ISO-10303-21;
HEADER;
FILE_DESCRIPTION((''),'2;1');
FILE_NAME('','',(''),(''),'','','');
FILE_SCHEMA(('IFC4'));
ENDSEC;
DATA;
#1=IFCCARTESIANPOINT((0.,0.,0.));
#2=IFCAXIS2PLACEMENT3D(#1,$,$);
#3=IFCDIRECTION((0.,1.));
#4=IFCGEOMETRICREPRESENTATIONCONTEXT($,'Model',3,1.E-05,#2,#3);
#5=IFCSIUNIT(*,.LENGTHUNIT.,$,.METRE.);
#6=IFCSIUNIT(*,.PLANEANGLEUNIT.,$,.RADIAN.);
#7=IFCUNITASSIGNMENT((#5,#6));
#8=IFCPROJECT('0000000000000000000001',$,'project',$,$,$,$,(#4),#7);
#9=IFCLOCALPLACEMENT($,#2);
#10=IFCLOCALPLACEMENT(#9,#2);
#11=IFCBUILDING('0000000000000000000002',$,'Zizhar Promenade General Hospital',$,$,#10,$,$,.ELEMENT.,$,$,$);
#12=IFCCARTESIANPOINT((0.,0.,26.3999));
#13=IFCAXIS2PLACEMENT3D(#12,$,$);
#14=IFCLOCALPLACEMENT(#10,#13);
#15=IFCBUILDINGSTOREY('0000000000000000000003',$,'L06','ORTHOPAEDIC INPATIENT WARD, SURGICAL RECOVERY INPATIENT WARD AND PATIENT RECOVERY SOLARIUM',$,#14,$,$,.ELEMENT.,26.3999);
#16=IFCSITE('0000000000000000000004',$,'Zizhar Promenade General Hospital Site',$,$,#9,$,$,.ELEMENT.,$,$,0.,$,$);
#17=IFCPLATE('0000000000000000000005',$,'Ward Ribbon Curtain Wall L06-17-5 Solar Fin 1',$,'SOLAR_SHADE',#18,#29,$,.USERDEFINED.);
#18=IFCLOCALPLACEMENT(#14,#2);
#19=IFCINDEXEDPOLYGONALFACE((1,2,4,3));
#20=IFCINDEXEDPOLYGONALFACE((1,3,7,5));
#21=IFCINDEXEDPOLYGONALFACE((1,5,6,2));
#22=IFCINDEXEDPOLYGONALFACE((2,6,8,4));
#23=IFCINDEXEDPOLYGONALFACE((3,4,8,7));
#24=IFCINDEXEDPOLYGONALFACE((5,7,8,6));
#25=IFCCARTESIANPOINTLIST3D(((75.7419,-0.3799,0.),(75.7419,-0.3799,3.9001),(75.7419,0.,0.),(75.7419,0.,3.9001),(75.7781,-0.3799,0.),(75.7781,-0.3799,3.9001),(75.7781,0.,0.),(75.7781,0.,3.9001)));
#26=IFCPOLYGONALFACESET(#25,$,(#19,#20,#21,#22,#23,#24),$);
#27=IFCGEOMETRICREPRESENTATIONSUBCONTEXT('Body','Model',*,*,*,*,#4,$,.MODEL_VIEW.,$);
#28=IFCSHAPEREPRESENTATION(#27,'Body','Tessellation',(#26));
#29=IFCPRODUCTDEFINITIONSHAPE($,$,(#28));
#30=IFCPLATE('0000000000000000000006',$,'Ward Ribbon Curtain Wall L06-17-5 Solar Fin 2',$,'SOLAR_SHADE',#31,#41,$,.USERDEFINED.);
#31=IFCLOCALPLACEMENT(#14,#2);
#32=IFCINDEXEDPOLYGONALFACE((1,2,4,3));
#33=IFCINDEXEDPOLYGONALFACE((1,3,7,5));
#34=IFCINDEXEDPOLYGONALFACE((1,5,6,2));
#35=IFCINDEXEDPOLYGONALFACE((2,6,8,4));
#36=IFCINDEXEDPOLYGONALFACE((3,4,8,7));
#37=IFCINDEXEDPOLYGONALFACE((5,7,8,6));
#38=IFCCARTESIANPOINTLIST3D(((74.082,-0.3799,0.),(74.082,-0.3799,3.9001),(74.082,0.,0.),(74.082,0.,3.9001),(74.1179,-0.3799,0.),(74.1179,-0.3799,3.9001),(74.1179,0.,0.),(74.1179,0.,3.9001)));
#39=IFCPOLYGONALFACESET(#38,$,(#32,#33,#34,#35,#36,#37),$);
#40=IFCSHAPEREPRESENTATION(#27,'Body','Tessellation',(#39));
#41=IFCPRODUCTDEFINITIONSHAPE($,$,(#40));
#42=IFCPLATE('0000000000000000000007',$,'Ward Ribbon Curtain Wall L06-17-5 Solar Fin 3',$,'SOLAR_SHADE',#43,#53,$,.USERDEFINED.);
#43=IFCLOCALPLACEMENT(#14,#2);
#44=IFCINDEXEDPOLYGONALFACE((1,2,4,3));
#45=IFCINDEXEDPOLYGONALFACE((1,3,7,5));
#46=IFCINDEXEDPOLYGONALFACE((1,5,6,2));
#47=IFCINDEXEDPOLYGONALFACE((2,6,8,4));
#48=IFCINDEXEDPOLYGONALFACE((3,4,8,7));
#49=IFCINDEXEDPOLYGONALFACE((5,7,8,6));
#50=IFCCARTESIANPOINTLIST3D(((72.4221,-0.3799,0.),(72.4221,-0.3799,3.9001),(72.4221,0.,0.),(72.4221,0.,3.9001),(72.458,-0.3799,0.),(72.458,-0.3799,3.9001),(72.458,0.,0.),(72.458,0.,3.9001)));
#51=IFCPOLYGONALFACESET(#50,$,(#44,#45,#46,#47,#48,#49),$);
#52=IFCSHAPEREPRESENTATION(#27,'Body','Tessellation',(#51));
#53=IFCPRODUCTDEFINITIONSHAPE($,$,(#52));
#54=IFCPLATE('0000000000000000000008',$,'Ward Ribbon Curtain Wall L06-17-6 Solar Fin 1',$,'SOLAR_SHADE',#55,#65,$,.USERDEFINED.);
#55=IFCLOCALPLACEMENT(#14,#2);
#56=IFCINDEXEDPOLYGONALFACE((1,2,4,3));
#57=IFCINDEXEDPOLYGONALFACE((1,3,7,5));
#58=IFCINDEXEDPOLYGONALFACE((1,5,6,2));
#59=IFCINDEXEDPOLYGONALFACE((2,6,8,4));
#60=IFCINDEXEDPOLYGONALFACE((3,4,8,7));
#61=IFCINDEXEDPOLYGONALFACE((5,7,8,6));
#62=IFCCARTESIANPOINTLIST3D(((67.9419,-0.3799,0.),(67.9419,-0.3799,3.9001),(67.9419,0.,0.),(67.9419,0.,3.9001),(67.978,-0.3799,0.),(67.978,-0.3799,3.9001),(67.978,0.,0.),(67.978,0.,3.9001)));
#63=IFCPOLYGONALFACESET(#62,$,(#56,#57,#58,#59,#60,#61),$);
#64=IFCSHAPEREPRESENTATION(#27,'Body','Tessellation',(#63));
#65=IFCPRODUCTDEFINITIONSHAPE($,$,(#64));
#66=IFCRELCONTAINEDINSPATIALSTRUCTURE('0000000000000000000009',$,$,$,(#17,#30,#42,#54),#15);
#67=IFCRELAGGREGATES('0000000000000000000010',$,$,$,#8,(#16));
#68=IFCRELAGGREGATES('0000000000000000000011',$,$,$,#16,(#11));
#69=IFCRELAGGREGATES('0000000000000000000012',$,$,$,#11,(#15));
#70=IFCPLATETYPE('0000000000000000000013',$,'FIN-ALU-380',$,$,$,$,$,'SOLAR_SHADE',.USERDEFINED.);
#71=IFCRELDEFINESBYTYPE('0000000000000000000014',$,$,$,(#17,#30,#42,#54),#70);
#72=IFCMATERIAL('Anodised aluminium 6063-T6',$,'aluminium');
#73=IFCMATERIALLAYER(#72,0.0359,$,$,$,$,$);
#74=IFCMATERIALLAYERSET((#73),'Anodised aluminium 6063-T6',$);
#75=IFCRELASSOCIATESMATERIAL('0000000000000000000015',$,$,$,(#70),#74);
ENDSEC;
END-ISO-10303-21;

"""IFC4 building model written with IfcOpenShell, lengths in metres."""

from ifc_helpers import new_model, si_unit, direction, frame, origin, place, context, subcontext, project, spatial, polyline, outline, extrude, material, layer, layer_set, type_object, element, save


model = new_model("IFC4")

# Units and contexts
model_context = context("Model", 3, precision=1e-05, world=origin(), true_north=direction((0.0, 1.0)))
body_context = subcontext(model_context, "Body", "Model", "MODEL_VIEW")
ifc_project = project(units=[si_unit("LENGTHUNIT", "METRE"), si_unit("PLANEANGLEUNIT", "RADIAN")], contexts=[model_context])

# Site, building, storey
site_placement = place(None, origin())
site = spatial("IfcSite", under=ifc_project, at=site_placement, Name="Zizhar Promenade General Hospital Site", CompositionType="ELEMENT", RefElevation=0.0)
building_placement = place(site_placement, origin())
building = spatial("IfcBuilding", under=site, at=building_placement, Name="Zizhar Promenade General Hospital", CompositionType="ELEMENT")
storey_placement = place(building_placement, frame((0.0, 0.0, 26.3999)))
storey = spatial("IfcBuildingStorey", under=building, at=storey_placement, Name="L06", Description="ORTHOPAEDIC INPATIENT WARD, SURGICAL RECOVERY INPATIENT WARD AND PATIENT RECOVERY SOLARIUM", CompositionType="ELEMENT", Elevation=26.3999)

# Plates
ifc_material = material(Name="Anodised aluminium 6063-T6", Category="aluminium")
ifc_layer = layer(ifc_material, 0.0359)
ifc_layer_set = layer_set([ifc_layer], Name="Anodised aluminium 6063-T6")
plate_type = type_object("IfcPlateType", Name="FIN-ALU-380", ElementType="SOLAR_SHADE", PredefinedType="USERDEFINED", material=ifc_layer_set)
plate_1_placement = place(storey_placement, origin())
element("IfcPlate", 1, at=plate_1_placement, inside=storey, type_object=plate_type, Name="Ward Ribbon Curtain Wall L06-17-5 Solar Fin 1", ObjectType="SOLAR_SHADE", PredefinedType="USERDEFINED", context=body_context, shape_type="SweptSolid", body=[
    extrude(outline(polyline([(75.7781, 0.0), (75.7419, 0.0), (75.7419, -0.3799), (75.7781, -0.3799), (75.7781, 0.0)])), origin(), (0.0, 0.0, 1.0), 3.9001),
])
plate_2_placement = place(storey_placement, origin())
element("IfcPlate", 2, at=plate_2_placement, inside=storey, type_object=plate_type, Name="Ward Ribbon Curtain Wall L06-17-5 Solar Fin 2", ObjectType="SOLAR_SHADE", PredefinedType="USERDEFINED", context=body_context, shape_type="SweptSolid", body=[
    extrude(outline(polyline([(74.1179, 0.0), (74.082, 0.0), (74.082, -0.3799), (74.1179, -0.3799), (74.1179, 0.0)])), origin(), (0.0, 0.0, 1.0), 3.9001),
])
plate_3_placement = place(storey_placement, origin())
element("IfcPlate", 3, at=plate_3_placement, inside=storey, type_object=plate_type, Name="Ward Ribbon Curtain Wall L06-17-5 Solar Fin 3", ObjectType="SOLAR_SHADE", PredefinedType="USERDEFINED", context=body_context, shape_type="SweptSolid", body=[
    extrude(outline(polyline([(72.458, 0.0), (72.4221, 0.0), (72.4221, -0.3799), (72.458, -0.3799), (72.458, 0.0)])), origin(), (0.0, 0.0, 1.0), 3.9001),
])
plate_4_placement = place(storey_placement, origin())
element("IfcPlate", 4, at=plate_4_placement, inside=storey, type_object=plate_type, Name="Ward Ribbon Curtain Wall L06-17-6 Solar Fin 1", ObjectType="SOLAR_SHADE", PredefinedType="USERDEFINED", context=body_context, shape_type="SweptSolid", body=[
    extrude(outline(polyline([(67.978, 0.0), (67.9419, 0.0), (67.9419, -0.3799), (67.978, -0.3799), (67.978, 0.0)])), origin(), (0.0, 0.0, 1.0), 3.9001),
])

save(model, "model.ifc")
